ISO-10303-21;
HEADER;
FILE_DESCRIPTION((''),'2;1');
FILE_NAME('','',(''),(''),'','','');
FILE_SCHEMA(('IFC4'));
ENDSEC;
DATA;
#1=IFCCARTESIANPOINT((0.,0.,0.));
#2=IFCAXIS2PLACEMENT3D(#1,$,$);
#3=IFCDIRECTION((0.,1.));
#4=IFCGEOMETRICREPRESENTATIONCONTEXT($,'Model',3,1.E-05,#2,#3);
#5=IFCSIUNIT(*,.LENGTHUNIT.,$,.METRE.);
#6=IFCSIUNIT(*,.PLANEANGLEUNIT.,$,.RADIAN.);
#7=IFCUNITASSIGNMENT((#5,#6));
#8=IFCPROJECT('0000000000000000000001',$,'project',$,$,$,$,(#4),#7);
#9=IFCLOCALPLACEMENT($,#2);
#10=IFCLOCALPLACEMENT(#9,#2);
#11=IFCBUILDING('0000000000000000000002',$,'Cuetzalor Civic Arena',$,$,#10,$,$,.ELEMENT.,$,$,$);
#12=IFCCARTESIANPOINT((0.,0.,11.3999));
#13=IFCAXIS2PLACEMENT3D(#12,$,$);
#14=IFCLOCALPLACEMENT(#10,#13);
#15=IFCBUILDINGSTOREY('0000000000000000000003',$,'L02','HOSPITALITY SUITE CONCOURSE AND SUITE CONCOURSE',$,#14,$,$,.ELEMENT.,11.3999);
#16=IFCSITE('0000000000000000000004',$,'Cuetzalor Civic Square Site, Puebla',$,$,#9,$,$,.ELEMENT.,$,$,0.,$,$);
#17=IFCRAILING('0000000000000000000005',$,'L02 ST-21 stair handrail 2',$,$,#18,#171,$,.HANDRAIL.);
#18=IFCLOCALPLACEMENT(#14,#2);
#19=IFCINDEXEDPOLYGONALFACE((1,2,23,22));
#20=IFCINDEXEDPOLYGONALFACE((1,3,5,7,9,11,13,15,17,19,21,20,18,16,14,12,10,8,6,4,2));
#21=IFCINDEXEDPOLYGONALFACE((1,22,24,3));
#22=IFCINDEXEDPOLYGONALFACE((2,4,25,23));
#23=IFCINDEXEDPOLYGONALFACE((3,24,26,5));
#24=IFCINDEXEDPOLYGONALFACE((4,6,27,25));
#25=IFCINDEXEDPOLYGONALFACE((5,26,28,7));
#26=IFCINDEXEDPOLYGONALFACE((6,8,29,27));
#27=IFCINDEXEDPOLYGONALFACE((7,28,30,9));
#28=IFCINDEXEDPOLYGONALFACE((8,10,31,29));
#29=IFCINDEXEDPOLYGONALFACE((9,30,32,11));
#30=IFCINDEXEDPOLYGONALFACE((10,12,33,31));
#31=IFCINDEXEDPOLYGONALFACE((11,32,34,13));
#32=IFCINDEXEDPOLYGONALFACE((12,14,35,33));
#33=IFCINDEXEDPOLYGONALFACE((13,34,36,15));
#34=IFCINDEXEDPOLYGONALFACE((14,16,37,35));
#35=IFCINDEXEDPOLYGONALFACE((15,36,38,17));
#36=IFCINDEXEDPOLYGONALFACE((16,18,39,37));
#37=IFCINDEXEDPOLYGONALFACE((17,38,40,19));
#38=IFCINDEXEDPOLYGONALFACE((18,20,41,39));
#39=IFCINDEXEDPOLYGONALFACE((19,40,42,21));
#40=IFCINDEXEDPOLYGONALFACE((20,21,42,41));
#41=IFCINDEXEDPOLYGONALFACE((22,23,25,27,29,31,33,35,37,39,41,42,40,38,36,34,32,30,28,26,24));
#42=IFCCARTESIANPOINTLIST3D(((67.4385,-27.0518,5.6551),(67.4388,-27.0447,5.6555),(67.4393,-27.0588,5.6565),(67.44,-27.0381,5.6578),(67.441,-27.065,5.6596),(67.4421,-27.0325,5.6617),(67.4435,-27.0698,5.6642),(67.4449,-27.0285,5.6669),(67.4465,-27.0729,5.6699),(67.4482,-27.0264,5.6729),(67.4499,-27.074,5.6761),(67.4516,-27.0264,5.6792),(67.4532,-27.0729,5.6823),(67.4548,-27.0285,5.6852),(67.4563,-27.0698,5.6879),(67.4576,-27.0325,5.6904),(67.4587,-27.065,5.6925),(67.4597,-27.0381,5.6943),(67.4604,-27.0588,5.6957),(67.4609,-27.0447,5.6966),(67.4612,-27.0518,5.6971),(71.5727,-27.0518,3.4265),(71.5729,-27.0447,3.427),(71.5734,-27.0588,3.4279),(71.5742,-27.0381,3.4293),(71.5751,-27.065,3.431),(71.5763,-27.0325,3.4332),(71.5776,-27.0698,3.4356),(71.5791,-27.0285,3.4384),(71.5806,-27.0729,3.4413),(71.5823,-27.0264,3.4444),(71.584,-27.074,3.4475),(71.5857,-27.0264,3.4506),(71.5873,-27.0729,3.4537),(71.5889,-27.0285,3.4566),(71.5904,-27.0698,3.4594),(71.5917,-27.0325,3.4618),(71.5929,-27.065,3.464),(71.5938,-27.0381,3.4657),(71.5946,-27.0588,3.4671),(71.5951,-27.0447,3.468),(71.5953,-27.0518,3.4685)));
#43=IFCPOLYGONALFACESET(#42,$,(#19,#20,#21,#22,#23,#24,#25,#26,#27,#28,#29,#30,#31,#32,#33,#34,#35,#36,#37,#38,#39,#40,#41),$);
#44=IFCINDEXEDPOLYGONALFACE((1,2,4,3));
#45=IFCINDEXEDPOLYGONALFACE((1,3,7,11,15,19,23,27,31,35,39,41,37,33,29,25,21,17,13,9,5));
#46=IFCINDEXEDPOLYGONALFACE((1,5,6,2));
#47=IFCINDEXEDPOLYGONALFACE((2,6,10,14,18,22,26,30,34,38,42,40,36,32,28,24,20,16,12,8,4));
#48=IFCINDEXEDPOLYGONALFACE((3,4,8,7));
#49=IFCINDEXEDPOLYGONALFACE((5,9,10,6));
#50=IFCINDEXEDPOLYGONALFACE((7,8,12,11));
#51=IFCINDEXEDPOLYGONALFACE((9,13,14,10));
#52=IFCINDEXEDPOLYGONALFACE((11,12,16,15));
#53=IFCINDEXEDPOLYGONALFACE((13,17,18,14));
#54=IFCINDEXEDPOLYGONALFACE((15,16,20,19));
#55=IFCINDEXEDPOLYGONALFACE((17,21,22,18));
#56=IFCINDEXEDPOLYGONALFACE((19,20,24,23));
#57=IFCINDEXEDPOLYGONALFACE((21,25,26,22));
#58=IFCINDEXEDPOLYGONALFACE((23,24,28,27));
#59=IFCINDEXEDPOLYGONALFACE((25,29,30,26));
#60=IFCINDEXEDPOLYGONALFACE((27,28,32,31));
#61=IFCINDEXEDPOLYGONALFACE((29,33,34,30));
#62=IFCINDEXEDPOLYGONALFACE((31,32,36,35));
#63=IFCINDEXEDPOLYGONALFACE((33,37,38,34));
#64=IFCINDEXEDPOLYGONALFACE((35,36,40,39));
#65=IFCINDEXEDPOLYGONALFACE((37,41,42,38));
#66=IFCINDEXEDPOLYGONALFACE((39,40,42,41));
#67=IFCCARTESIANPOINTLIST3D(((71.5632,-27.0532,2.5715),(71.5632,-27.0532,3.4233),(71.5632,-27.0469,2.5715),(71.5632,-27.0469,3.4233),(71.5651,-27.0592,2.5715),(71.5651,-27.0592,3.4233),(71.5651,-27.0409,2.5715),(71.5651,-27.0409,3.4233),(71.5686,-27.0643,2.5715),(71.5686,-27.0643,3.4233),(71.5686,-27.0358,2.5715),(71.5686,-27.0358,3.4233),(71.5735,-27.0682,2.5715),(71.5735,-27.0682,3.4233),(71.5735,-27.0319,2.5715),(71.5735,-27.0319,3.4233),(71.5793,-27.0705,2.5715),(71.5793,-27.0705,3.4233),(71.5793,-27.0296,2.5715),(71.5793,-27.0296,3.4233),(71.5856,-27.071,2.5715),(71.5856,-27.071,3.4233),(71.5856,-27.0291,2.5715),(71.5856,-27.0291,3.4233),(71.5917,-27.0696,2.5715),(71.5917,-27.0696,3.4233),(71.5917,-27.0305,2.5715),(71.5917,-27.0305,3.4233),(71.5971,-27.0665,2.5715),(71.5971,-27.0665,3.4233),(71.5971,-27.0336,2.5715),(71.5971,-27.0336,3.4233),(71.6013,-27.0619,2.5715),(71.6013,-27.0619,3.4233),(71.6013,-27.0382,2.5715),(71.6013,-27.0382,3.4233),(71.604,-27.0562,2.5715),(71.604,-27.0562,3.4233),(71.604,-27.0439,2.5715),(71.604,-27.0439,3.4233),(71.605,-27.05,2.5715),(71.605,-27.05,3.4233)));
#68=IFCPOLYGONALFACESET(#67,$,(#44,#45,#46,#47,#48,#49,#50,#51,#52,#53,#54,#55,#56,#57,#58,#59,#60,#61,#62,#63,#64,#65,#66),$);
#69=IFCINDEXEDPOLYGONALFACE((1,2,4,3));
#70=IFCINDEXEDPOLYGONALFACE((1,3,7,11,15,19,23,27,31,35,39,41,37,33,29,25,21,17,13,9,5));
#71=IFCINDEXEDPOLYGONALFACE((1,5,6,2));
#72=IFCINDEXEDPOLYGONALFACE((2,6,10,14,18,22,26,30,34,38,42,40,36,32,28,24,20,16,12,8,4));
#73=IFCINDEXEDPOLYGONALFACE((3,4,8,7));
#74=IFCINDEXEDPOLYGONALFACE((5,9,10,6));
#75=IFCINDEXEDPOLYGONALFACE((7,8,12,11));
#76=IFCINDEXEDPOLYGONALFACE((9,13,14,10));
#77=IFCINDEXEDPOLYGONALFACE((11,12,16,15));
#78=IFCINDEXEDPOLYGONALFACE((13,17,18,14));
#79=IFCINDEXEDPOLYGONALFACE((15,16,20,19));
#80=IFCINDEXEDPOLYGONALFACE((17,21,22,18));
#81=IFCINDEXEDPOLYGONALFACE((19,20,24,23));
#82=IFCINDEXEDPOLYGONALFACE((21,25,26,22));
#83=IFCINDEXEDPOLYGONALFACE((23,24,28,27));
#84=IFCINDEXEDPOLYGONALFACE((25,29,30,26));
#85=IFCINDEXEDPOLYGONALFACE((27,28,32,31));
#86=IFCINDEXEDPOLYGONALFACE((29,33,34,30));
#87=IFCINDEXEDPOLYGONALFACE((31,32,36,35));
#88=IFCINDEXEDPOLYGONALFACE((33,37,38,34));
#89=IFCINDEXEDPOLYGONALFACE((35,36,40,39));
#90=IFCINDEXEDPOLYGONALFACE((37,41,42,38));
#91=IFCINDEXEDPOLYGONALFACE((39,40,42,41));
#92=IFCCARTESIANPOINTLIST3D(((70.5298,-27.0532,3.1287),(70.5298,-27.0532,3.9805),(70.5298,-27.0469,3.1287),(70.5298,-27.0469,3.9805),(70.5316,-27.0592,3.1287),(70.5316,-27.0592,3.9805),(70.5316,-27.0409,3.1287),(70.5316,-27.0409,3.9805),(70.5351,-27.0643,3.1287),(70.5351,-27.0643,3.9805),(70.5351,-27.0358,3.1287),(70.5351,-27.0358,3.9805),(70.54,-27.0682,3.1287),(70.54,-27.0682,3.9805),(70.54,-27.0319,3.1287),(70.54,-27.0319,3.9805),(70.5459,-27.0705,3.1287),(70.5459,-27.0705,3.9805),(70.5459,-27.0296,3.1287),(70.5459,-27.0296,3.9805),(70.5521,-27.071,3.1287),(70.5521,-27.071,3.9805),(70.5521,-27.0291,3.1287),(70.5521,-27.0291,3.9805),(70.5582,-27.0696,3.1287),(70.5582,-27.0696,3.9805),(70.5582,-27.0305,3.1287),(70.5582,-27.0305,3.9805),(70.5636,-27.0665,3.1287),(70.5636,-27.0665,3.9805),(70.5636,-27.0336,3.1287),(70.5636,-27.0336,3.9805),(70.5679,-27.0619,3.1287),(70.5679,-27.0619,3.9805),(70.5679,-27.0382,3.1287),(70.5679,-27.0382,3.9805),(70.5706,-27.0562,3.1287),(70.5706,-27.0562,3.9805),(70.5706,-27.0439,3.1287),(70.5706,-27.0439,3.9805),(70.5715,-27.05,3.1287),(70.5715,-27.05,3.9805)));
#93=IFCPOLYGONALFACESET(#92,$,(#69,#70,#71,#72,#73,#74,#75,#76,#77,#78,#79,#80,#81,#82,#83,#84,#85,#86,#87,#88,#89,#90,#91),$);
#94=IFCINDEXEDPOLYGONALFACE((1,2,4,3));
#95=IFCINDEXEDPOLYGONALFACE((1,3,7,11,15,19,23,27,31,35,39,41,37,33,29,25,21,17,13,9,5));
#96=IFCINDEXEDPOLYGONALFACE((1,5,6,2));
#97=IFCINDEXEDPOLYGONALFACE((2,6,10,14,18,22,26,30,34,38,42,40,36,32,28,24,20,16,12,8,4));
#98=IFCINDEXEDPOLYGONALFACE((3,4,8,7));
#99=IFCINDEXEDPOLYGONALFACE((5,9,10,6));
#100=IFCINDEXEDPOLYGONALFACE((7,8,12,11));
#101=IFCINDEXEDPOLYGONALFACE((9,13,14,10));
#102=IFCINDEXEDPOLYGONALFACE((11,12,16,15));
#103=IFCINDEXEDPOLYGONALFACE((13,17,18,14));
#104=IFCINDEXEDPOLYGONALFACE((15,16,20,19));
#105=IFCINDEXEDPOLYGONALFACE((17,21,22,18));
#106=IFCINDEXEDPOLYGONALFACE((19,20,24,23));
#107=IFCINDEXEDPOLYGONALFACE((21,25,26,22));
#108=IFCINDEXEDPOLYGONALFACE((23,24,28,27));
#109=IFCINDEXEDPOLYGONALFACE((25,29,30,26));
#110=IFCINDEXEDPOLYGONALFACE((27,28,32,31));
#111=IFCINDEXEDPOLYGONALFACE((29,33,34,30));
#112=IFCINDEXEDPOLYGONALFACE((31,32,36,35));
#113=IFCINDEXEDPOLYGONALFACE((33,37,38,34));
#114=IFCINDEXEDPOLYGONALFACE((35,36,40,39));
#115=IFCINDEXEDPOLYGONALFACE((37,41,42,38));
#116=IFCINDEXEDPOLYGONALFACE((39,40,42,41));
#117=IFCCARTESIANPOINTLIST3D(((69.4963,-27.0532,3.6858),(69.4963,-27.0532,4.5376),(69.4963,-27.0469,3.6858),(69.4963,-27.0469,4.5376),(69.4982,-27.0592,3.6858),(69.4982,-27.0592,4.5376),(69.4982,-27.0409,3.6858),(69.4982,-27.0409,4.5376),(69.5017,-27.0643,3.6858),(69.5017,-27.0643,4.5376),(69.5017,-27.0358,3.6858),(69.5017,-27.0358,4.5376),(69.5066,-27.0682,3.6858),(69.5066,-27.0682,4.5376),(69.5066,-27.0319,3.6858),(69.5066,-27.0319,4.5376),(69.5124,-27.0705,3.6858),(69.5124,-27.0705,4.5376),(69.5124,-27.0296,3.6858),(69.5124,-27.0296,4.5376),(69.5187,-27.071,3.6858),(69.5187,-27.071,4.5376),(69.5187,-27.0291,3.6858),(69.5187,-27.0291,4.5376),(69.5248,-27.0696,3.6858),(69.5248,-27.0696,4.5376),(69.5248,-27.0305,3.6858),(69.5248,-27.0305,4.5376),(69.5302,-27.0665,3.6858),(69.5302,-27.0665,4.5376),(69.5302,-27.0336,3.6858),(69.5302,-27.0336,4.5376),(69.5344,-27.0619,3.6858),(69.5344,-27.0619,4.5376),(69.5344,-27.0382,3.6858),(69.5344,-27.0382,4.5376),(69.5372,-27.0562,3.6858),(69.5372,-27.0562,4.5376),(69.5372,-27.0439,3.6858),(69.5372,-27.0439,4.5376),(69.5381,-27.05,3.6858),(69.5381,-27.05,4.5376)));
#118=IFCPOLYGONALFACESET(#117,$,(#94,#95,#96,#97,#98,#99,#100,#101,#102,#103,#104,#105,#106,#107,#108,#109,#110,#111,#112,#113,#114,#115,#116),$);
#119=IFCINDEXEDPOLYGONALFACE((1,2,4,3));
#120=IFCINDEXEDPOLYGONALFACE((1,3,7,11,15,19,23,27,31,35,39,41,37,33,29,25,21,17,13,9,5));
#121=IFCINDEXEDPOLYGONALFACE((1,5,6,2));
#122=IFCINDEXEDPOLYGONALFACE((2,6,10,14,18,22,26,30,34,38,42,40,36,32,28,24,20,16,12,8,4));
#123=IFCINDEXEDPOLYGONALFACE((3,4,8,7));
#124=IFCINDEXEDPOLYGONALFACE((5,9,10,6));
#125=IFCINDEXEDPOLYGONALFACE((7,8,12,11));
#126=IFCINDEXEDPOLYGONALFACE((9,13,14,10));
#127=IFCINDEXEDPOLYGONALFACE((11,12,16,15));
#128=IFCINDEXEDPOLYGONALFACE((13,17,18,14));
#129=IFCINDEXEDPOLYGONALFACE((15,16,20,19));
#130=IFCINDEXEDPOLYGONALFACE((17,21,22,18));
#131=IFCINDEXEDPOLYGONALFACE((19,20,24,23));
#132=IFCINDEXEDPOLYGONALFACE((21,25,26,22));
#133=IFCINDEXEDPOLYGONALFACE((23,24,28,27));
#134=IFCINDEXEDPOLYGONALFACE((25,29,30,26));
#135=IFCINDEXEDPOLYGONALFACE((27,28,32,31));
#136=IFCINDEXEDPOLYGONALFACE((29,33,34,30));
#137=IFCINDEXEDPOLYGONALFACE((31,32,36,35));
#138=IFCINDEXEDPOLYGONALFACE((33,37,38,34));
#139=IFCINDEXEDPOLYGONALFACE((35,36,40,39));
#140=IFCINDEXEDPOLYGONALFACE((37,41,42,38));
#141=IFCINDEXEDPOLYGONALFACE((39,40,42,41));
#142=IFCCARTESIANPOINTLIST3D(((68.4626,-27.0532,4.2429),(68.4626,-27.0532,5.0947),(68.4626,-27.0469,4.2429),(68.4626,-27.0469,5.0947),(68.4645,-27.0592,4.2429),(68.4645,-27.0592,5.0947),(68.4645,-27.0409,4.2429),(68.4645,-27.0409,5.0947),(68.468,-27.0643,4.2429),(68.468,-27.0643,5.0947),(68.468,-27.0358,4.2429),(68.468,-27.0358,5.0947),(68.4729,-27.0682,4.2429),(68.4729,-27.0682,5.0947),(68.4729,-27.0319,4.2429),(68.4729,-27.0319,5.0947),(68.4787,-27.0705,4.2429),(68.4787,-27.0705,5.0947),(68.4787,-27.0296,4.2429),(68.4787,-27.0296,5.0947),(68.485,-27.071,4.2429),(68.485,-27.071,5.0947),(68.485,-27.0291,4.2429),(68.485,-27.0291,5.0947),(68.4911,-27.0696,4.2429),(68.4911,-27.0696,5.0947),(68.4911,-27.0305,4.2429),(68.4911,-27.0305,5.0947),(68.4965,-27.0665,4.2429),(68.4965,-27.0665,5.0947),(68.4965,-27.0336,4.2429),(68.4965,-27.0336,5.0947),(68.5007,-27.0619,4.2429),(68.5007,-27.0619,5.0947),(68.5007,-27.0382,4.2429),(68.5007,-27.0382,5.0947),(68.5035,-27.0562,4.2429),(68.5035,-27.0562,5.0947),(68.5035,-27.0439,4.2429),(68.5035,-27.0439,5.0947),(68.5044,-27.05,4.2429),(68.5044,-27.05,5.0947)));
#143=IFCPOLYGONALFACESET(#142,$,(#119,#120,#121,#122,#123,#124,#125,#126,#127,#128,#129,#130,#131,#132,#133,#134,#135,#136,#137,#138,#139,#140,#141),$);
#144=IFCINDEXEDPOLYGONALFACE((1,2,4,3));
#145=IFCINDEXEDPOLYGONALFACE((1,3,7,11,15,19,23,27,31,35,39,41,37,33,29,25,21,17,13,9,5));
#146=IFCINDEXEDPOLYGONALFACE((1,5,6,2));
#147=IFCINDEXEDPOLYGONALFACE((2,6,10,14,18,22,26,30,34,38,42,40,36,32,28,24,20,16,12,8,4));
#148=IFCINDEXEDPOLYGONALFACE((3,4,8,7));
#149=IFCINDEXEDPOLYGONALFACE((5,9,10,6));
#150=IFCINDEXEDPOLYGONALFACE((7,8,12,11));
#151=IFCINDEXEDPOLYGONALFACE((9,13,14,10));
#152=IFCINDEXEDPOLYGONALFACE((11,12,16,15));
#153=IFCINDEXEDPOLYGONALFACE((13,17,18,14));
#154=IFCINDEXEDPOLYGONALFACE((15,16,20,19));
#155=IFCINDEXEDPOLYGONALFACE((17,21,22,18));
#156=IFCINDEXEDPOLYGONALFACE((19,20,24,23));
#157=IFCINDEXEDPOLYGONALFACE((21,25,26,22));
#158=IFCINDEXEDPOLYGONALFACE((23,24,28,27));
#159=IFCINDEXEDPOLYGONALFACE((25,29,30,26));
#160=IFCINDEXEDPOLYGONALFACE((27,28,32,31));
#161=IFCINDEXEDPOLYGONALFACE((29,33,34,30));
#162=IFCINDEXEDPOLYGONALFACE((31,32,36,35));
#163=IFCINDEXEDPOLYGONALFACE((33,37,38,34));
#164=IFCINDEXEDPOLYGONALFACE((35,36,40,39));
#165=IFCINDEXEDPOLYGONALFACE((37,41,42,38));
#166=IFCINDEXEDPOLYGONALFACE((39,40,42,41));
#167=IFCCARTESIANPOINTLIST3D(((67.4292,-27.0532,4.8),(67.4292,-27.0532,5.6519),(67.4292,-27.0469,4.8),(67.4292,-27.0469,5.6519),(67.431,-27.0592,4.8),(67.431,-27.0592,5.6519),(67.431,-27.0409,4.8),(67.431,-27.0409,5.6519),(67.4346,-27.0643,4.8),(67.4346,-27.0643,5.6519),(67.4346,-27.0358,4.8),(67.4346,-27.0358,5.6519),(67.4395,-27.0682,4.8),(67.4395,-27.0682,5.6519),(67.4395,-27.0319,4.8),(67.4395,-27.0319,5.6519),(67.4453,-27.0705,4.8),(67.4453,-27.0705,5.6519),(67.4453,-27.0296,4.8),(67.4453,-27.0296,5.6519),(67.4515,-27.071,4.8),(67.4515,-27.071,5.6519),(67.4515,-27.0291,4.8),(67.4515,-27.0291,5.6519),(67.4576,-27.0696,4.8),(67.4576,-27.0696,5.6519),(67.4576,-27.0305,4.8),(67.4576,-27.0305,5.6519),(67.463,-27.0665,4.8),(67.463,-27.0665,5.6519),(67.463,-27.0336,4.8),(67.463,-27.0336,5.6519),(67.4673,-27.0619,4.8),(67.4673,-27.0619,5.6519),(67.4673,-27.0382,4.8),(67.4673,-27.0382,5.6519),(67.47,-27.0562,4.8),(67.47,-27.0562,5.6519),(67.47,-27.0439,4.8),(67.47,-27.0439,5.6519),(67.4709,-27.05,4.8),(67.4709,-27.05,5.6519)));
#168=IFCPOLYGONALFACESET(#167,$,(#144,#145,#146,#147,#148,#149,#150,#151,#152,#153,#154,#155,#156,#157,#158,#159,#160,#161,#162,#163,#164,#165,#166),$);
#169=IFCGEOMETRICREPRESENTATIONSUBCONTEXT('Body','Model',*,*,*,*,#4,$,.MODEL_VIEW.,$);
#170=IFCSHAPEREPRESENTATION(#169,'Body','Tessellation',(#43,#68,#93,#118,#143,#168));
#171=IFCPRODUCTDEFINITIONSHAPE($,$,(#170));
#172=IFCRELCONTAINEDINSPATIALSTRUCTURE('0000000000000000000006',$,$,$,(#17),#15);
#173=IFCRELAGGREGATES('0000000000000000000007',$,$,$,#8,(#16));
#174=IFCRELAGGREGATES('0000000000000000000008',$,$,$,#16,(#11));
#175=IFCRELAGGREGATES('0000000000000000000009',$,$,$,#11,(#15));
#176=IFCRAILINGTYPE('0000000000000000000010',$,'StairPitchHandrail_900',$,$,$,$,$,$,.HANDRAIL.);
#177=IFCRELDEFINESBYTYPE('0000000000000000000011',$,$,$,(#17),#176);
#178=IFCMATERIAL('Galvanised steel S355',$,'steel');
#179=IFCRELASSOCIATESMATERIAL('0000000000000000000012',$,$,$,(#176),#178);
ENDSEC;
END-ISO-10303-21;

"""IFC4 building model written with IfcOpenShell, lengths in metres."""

from ifc_helpers import new_model, si_unit, direction, frame, origin, origin_2d, place, context, subcontext, project, spatial, circle, extrude, material, type_object, element, save


model = new_model("IFC4")

# Units and contexts
model_context = context("Model", 3, precision=1e-05, world=origin(), true_north=direction((0.0, 1.0)))
body_context = subcontext(model_context, "Body", "Model", "MODEL_VIEW")
ifc_project = project(units=[si_unit("LENGTHUNIT", "METRE"), si_unit("PLANEANGLEUNIT", "RADIAN")], contexts=[model_context])

# Site, building, storey
site_placement = place(None, origin())
site = spatial("IfcSite", under=ifc_project, at=site_placement, Name="Cuetzalor Civic Square Site, Puebla", CompositionType="ELEMENT", RefElevation=0.0)
building_placement = place(site_placement, origin())
building = spatial("IfcBuilding", under=site, at=building_placement, Name="Cuetzalor Civic Arena", CompositionType="ELEMENT")
storey_placement = place(building_placement, frame((0.0, 0.0, 11.3999)))
storey = spatial("IfcBuildingStorey", under=building, at=storey_placement, Name="L02", Description="HOSPITALITY SUITE CONCOURSE AND SUITE CONCOURSE", CompositionType="ELEMENT", Elevation=11.3999)

# Railing
ifc_material_1 = material(Name="Galvanised steel S355", Category="steel")
railing_type_1 = type_object("IfcRailingType", Name="StairPitchHandrail_900", PredefinedType="HANDRAIL", material=ifc_material_1)
railing_1_placement = place(storey_placement, frame((71.584, -27.05, 2.5715)))
element("IfcRailing", 1, at=railing_1_placement, inside=storey, type_object=railing_type_1, Name="L02 ST-21 stair handrail 2", PredefinedType="HANDRAIL", context=body_context, shape_type="SweptSolid", body=[
    extrude(circle(Radius=0.0239, at=origin_2d()), frame((0.0, 0.0, 0.876), z_axis=(-0.880249, 0.0, 0.474512), x_axis=(0.0, -1.0, 0.0)), (0.0, 0.0, 1.0), 4.6965),
    extrude(circle(Radius=0.021, at=origin_2d()), origin(), (0.0, 0.0, 1.0), 0.8518),
    extrude(circle(Radius=0.021, at=origin_2d()), frame((-1.0334, 0.0, 0.5571)), (0.0, 0.0, 1.0), 0.8518),
    extrude(circle(Radius=0.021, at=origin_2d()), frame((-2.0669, 0.0, 1.1143)), (0.0, 0.0, 1.0), 0.8518),
    extrude(circle(Radius=0.021, at=origin_2d()), frame((-3.1006, 0.0, 1.6714)), (0.0, 0.0, 1.0), 0.8518),
    extrude(circle(Radius=0.021, at=origin_2d()), frame((-4.134, 0.0, 2.2285)), (0.0, 0.0, 1.0), 0.8518),
])

save(model, "model.ifc")
